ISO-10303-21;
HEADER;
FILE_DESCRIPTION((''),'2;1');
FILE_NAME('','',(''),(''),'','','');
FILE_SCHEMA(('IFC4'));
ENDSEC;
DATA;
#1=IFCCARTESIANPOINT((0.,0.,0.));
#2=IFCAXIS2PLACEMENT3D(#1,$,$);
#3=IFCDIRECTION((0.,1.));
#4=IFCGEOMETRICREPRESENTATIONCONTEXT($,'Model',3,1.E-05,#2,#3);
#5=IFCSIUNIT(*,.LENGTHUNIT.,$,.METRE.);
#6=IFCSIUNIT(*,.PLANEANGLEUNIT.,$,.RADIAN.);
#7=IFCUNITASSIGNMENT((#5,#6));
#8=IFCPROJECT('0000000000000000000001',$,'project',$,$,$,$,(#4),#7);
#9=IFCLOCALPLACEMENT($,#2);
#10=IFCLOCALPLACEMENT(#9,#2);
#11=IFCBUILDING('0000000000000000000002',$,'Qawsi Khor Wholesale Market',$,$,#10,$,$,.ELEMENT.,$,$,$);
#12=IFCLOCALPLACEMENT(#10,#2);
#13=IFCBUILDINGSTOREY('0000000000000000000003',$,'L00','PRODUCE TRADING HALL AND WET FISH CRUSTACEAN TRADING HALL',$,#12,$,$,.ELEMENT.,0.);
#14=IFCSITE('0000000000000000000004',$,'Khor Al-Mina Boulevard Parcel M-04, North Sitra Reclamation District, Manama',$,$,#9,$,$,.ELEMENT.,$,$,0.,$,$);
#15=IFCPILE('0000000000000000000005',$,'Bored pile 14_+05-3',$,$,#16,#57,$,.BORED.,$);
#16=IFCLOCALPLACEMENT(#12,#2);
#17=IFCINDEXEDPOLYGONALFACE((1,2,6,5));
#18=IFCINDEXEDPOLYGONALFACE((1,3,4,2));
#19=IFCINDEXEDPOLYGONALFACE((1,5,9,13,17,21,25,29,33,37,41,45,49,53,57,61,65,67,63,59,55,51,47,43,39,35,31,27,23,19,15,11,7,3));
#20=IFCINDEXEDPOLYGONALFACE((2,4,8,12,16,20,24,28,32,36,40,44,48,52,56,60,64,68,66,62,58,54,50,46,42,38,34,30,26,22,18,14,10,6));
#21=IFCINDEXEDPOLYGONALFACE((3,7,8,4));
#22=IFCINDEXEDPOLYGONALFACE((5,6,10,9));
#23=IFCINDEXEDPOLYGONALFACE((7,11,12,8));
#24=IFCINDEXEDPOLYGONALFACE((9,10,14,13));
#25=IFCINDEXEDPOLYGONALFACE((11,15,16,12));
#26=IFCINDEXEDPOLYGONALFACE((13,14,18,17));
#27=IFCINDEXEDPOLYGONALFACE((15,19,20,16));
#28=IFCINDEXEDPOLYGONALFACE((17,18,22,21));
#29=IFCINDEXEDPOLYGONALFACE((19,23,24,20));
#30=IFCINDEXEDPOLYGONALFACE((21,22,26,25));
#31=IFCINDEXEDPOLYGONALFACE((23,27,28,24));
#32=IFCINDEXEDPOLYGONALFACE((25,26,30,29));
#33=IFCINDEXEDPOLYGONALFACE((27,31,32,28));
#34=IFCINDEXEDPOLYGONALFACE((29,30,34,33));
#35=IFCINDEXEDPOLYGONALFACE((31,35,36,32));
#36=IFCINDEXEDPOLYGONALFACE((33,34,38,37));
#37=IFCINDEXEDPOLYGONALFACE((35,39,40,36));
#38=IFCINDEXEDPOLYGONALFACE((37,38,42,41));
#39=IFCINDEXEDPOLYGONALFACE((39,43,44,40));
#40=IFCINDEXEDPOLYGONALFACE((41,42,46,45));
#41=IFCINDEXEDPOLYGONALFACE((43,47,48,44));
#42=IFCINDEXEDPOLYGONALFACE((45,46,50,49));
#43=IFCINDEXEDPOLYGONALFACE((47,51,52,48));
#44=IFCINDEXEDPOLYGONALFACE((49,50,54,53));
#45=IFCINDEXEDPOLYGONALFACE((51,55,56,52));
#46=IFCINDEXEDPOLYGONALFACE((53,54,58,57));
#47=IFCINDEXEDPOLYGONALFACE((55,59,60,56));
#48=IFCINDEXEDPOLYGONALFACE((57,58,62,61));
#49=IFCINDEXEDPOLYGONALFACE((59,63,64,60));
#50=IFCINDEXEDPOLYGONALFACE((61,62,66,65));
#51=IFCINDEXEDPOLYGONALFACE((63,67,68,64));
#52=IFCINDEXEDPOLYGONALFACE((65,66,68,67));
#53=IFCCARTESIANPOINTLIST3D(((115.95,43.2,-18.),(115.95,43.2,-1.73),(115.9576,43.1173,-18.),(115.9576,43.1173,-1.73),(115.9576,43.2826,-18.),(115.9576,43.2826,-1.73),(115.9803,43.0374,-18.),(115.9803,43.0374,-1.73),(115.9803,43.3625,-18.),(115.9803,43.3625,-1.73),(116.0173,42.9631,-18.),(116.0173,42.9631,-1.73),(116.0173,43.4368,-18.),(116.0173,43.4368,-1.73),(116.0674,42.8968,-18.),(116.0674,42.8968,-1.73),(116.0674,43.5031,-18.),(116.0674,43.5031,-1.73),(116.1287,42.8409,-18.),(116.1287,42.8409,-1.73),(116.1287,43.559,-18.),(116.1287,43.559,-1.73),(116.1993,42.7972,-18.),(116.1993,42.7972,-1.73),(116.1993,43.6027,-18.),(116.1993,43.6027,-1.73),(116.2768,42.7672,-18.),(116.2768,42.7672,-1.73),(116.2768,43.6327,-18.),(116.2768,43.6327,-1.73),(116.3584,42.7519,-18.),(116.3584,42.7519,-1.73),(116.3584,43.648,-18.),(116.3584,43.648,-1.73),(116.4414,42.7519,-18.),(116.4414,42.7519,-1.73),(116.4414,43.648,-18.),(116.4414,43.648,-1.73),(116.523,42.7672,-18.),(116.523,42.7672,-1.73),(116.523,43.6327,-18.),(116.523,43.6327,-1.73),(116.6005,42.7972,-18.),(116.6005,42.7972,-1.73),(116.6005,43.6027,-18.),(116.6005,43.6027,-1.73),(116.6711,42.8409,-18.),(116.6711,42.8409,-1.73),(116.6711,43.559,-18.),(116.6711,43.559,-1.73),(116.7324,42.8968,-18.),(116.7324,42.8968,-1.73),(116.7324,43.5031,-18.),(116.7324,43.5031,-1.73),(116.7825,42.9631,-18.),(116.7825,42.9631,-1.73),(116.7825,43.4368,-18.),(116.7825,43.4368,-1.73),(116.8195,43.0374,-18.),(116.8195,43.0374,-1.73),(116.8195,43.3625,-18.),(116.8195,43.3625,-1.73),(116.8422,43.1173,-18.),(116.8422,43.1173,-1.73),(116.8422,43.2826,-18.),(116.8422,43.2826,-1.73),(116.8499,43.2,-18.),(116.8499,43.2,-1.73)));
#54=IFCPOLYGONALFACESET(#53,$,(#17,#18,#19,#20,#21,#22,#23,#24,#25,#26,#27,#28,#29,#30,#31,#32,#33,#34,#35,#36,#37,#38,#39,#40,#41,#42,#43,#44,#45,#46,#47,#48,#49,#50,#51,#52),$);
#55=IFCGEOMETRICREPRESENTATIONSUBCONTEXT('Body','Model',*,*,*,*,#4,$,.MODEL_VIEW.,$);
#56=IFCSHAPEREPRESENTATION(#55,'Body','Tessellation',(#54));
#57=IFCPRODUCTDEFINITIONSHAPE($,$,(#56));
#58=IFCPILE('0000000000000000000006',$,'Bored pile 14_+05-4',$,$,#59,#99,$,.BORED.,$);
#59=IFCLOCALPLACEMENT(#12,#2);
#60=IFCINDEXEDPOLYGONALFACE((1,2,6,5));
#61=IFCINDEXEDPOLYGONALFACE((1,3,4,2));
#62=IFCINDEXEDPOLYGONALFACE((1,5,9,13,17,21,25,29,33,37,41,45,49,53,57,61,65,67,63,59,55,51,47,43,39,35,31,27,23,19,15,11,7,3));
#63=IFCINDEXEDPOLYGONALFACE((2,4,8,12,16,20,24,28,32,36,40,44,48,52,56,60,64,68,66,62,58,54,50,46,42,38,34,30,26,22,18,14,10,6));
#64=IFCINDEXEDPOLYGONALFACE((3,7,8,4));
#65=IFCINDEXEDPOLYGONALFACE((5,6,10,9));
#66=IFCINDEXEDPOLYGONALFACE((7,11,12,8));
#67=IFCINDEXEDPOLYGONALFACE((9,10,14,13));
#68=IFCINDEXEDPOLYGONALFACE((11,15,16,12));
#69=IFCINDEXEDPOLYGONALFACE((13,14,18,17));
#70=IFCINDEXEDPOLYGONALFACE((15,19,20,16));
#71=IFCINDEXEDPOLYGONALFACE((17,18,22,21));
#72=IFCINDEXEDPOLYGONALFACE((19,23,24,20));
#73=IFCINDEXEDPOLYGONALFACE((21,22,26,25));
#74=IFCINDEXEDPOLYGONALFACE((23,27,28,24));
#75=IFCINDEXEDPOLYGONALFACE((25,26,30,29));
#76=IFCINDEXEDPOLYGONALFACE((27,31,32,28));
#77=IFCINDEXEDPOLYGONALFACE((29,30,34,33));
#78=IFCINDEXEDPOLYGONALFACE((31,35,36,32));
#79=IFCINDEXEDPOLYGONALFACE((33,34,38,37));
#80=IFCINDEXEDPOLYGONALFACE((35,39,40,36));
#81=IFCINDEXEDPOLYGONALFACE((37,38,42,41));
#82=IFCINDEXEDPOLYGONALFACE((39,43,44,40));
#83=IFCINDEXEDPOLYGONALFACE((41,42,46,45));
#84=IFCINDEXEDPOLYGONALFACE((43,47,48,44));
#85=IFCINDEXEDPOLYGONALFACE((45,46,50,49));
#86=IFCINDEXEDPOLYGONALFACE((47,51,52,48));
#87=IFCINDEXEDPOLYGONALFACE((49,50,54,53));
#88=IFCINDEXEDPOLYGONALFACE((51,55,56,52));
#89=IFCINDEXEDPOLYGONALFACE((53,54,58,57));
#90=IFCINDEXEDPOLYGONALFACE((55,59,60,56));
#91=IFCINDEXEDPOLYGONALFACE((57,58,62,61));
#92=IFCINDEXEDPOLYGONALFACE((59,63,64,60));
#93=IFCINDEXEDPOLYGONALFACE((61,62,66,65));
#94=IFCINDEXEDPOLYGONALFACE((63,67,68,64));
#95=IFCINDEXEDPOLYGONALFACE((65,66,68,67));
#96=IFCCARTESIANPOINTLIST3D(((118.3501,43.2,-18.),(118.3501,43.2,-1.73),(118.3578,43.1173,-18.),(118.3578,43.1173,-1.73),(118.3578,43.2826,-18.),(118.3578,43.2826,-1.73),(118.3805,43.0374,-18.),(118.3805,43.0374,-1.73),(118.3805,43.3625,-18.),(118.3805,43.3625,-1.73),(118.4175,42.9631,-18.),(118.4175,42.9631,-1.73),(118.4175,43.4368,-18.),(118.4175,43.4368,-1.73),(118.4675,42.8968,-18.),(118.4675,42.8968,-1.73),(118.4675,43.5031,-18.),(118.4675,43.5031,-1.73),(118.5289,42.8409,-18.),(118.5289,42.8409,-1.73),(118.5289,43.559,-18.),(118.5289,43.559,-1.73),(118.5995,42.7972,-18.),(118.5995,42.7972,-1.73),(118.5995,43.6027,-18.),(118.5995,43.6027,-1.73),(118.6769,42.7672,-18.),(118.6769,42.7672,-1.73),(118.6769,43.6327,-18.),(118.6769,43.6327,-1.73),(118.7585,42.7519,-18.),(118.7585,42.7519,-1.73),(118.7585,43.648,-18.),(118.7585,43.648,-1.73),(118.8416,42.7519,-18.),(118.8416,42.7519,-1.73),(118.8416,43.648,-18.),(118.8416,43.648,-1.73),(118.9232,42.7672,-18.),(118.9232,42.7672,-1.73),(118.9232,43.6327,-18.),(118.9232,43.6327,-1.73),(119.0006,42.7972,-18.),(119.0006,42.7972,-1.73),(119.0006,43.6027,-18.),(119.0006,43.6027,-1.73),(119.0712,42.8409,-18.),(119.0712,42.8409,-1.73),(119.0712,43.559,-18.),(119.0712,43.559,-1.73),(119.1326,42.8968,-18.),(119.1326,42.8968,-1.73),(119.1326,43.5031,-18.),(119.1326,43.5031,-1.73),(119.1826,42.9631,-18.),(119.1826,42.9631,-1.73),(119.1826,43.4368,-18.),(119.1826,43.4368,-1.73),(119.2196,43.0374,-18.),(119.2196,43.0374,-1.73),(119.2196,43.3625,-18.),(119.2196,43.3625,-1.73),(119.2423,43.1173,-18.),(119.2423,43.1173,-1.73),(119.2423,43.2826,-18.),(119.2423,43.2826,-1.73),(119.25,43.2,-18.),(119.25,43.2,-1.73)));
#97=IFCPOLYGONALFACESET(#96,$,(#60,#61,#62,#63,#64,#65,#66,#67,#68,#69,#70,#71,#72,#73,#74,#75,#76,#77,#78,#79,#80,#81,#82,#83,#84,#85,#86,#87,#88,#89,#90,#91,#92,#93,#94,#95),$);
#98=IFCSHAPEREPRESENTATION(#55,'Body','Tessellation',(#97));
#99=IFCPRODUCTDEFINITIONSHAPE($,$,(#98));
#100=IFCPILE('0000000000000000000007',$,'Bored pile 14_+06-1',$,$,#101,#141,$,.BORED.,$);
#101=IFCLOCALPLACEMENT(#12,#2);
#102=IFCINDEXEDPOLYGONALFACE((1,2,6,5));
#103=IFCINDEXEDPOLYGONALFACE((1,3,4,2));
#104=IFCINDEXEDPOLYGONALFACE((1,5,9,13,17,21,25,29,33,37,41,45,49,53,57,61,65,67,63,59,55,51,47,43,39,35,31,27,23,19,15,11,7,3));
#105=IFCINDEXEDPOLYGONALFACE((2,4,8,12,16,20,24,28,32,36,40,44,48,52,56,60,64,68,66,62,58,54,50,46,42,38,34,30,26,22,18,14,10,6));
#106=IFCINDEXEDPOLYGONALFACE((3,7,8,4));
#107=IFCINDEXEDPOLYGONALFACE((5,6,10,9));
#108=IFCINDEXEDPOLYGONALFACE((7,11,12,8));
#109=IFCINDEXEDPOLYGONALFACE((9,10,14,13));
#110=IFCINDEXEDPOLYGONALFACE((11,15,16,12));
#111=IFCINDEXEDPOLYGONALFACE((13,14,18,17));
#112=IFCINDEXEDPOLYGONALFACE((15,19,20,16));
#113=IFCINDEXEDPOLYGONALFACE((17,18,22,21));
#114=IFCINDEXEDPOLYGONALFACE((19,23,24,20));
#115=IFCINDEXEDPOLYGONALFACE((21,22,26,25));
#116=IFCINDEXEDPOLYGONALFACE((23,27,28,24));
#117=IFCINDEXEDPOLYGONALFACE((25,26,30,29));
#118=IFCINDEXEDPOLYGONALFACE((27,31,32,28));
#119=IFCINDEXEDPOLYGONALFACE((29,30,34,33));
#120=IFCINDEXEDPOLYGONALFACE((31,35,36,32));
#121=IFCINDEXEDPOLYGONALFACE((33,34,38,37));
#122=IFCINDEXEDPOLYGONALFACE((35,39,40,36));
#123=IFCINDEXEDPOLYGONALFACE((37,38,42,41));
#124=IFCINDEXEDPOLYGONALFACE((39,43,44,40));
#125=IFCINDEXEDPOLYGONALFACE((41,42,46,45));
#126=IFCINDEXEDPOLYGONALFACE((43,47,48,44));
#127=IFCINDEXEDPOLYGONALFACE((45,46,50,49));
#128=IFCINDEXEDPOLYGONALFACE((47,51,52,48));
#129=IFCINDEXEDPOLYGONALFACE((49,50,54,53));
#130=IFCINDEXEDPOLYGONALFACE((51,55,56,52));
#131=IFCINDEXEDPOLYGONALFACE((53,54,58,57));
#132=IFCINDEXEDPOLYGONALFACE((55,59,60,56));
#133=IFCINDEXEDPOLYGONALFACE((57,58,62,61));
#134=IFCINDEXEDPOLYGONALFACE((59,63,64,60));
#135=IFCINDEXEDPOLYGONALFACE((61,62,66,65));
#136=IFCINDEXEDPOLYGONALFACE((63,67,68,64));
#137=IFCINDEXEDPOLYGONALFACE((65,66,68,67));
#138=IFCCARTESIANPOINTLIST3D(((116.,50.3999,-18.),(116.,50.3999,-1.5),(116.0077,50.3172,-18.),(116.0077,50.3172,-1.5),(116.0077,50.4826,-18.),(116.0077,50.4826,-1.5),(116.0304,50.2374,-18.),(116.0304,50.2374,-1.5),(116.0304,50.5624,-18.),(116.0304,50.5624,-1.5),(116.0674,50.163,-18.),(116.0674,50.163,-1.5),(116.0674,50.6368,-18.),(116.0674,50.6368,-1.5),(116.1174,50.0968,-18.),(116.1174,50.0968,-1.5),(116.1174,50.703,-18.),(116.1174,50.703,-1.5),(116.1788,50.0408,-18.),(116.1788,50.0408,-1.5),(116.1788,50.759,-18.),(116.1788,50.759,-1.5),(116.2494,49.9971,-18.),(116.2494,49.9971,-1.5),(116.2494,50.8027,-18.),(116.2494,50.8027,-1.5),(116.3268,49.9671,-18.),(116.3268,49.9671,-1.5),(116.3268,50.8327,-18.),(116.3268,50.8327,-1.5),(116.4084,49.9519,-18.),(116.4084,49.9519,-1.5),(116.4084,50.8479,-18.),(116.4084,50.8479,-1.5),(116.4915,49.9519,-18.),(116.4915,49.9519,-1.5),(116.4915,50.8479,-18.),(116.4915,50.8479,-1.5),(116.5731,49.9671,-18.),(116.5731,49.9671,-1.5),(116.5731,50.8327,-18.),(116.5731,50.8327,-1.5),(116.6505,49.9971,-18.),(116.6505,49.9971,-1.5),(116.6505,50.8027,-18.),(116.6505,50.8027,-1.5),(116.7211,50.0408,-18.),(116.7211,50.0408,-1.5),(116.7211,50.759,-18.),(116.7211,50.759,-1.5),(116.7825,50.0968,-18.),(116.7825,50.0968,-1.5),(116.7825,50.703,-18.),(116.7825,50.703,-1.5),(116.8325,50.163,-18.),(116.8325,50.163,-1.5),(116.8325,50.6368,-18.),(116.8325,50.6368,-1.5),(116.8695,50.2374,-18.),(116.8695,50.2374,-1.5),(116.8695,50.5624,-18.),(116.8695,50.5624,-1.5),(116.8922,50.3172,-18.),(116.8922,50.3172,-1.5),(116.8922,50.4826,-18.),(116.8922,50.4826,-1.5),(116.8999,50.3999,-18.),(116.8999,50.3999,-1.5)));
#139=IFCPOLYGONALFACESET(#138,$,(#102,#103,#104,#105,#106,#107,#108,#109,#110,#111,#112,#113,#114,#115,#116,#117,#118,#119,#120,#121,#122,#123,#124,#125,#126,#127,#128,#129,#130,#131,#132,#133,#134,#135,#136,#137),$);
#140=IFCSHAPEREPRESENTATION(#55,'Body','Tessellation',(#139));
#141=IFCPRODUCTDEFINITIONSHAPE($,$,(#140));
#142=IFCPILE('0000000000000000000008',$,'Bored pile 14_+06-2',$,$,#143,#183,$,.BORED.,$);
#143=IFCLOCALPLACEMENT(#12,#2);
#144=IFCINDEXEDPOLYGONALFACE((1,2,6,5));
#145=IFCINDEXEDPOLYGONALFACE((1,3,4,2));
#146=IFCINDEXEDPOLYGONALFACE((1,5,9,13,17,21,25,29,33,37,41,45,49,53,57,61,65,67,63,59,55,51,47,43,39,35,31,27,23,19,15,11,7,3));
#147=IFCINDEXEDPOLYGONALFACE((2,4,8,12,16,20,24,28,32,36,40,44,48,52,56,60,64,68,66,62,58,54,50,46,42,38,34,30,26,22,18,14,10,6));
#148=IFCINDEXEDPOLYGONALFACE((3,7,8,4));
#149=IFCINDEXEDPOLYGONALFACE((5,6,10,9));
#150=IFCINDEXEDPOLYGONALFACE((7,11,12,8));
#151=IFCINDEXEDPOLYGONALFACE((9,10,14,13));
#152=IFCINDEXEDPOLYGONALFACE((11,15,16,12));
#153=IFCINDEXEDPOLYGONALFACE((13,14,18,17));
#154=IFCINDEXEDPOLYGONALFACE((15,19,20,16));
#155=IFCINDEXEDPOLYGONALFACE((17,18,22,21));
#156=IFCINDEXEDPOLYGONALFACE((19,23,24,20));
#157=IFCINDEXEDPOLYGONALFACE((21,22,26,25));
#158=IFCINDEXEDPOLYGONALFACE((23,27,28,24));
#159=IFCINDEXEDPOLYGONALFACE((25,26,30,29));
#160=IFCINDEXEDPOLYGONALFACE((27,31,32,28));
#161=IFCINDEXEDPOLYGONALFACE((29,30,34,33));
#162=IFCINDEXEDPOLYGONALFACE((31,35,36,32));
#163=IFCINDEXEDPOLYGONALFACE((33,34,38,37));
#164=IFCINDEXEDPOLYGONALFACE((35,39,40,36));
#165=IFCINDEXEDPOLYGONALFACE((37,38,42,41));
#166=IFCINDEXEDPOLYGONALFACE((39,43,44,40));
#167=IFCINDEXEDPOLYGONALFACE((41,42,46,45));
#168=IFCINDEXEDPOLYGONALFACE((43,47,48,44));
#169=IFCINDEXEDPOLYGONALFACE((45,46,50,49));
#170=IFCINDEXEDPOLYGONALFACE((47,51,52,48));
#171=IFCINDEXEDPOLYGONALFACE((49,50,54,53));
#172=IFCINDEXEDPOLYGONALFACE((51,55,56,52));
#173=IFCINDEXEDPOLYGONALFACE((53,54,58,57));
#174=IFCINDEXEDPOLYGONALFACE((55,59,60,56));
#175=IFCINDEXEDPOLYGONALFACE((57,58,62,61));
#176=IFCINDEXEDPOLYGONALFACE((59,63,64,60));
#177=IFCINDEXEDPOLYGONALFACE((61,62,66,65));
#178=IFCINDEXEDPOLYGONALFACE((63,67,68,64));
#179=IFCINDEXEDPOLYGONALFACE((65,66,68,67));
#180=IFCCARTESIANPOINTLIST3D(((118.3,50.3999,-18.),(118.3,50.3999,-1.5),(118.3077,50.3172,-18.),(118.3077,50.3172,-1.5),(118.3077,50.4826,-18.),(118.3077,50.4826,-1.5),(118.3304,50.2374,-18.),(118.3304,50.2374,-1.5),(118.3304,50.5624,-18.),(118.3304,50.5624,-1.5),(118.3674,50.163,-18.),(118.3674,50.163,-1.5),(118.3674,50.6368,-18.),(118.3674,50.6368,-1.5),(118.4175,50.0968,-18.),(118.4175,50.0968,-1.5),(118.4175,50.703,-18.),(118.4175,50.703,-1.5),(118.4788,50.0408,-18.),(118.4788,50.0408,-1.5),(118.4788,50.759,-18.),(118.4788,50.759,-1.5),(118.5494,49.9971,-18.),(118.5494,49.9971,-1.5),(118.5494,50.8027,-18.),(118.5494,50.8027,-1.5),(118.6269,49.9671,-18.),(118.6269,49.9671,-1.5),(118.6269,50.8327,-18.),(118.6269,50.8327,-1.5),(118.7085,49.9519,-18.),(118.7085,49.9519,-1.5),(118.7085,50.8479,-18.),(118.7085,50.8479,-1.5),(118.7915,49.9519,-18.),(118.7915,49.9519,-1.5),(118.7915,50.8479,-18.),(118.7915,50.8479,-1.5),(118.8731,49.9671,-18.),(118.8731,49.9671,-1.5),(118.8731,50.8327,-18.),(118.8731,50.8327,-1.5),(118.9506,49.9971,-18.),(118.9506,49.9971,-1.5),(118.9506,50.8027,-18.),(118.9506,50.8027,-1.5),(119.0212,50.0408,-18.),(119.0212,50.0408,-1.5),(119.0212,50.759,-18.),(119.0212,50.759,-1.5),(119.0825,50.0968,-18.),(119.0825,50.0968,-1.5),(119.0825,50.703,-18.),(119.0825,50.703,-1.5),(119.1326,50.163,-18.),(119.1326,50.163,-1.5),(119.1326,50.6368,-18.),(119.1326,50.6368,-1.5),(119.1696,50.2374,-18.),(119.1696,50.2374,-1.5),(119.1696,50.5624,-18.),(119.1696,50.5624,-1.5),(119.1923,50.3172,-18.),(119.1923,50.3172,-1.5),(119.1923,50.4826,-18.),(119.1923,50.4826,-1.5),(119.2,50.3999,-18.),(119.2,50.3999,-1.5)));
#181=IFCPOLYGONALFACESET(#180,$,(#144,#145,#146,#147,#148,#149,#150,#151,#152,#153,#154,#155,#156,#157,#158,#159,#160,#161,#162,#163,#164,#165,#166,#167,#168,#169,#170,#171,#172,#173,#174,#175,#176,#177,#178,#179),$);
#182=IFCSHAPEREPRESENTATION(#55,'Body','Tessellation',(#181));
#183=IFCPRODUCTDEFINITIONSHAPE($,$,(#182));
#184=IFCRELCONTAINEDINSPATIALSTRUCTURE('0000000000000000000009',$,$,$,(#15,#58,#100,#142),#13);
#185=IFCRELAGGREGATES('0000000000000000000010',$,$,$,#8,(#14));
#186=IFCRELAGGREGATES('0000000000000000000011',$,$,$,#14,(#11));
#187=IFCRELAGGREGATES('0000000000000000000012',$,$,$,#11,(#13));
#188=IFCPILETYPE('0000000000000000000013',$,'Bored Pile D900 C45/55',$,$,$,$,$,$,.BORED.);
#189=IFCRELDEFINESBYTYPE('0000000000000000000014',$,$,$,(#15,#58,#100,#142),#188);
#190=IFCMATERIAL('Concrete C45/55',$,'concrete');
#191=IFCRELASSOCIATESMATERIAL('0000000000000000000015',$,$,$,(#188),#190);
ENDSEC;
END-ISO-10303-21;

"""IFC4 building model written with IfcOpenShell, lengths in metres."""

from ifc_helpers import new_model, si_unit, direction, frame, origin, origin_2d, place, context, subcontext, project, spatial, circle, extrude, material, material_profile, profile_set, type_object, element, save


model = new_model("IFC4")

# Units and contexts
model_context = context("Model", 3, precision=1e-05, world=origin(), true_north=direction((0.0, 1.0)))
body_context = subcontext(model_context, "Body", "Model", "MODEL_VIEW")
ifc_project = project(units=[si_unit("LENGTHUNIT", "METRE"), si_unit("PLANEANGLEUNIT", "RADIAN")], contexts=[model_context])

# Site, building, storey
site_placement = place(None, origin())
site = spatial("IfcSite", under=ifc_project, at=site_placement, Name="Khor Al-Mina Boulevard Parcel M-04, North Sitra Reclamation District, Manama", CompositionType="ELEMENT", RefElevation=0.0)
building_placement = place(site_placement, origin())
building = spatial("IfcBuilding", under=site, at=building_placement, Name="Qawsi Khor Wholesale Market", CompositionType="ELEMENT")
storey_placement = place(building_placement, origin())
storey = spatial("IfcBuildingStorey", under=building, at=storey_placement, Name="L00", Description="PRODUCE TRADING HALL AND WET FISH CRUSTACEAN TRADING HALL", CompositionType="ELEMENT", Elevation=0.0)

# Piles
ifc_material_1 = material(Name="Concrete C45/55", Category="concrete")
ifc_material_profile_1 = material_profile(ifc_material_1, circle(Radius=0.45, at=origin_2d()), Name="PILE D900")
ifc_profile_set_1 = profile_set([ifc_material_profile_1], Name="Concrete C45/55")
pile_type = type_object("IfcPileType", Name="Bored Pile D900 C45/55", PredefinedType="BORED", material=ifc_profile_set_1)
for number, where, z_axis, x_axis, name in (
    (1, (116.3999, 43.2, -1.73), (0.0, 0.0, -1.0), (1.0, 0.0, 0.0), "Bored pile 14_+05-3"),
    (2, (118.8, 43.2, -1.73), (0.0, 0.0, -1.0), (1.0, 0.0, 0.0), "Bored pile 14_+05-4"),
):
    element("IfcPile", number, at=place(storey_placement, frame(where, z_axis=z_axis, x_axis=x_axis)), inside=storey, type_object=pile_type, Name=name, PredefinedType="BORED", context=body_context, shape_type="SweptSolid", body=[
        extrude(circle(Radius=0.45, at=origin_2d()), origin(), (0.0, 0.0, 1.0), 16.27),
    ])
for number, where, z_axis, x_axis, name in (
    (3, (116.45, 50.3999, -1.5), (0.0, 0.0, -1.0), (1.0, 0.0, 0.0), "Bored pile 14_+06-1"),
    (4, (118.75, 50.3999, -1.5), (0.0, 0.0, -1.0), (1.0, 0.0, 0.0), "Bored pile 14_+06-2"),
):
    element("IfcPile", number, at=place(storey_placement, frame(where, z_axis=z_axis, x_axis=x_axis)), inside=storey, type_object=pile_type, Name=name, PredefinedType="BORED", context=body_context, shape_type="SweptSolid", body=[
        extrude(circle(Radius=0.45, at=origin_2d()), origin(), (0.0, 0.0, 1.0), 16.5),
    ])

save(model, "model.ifc")
